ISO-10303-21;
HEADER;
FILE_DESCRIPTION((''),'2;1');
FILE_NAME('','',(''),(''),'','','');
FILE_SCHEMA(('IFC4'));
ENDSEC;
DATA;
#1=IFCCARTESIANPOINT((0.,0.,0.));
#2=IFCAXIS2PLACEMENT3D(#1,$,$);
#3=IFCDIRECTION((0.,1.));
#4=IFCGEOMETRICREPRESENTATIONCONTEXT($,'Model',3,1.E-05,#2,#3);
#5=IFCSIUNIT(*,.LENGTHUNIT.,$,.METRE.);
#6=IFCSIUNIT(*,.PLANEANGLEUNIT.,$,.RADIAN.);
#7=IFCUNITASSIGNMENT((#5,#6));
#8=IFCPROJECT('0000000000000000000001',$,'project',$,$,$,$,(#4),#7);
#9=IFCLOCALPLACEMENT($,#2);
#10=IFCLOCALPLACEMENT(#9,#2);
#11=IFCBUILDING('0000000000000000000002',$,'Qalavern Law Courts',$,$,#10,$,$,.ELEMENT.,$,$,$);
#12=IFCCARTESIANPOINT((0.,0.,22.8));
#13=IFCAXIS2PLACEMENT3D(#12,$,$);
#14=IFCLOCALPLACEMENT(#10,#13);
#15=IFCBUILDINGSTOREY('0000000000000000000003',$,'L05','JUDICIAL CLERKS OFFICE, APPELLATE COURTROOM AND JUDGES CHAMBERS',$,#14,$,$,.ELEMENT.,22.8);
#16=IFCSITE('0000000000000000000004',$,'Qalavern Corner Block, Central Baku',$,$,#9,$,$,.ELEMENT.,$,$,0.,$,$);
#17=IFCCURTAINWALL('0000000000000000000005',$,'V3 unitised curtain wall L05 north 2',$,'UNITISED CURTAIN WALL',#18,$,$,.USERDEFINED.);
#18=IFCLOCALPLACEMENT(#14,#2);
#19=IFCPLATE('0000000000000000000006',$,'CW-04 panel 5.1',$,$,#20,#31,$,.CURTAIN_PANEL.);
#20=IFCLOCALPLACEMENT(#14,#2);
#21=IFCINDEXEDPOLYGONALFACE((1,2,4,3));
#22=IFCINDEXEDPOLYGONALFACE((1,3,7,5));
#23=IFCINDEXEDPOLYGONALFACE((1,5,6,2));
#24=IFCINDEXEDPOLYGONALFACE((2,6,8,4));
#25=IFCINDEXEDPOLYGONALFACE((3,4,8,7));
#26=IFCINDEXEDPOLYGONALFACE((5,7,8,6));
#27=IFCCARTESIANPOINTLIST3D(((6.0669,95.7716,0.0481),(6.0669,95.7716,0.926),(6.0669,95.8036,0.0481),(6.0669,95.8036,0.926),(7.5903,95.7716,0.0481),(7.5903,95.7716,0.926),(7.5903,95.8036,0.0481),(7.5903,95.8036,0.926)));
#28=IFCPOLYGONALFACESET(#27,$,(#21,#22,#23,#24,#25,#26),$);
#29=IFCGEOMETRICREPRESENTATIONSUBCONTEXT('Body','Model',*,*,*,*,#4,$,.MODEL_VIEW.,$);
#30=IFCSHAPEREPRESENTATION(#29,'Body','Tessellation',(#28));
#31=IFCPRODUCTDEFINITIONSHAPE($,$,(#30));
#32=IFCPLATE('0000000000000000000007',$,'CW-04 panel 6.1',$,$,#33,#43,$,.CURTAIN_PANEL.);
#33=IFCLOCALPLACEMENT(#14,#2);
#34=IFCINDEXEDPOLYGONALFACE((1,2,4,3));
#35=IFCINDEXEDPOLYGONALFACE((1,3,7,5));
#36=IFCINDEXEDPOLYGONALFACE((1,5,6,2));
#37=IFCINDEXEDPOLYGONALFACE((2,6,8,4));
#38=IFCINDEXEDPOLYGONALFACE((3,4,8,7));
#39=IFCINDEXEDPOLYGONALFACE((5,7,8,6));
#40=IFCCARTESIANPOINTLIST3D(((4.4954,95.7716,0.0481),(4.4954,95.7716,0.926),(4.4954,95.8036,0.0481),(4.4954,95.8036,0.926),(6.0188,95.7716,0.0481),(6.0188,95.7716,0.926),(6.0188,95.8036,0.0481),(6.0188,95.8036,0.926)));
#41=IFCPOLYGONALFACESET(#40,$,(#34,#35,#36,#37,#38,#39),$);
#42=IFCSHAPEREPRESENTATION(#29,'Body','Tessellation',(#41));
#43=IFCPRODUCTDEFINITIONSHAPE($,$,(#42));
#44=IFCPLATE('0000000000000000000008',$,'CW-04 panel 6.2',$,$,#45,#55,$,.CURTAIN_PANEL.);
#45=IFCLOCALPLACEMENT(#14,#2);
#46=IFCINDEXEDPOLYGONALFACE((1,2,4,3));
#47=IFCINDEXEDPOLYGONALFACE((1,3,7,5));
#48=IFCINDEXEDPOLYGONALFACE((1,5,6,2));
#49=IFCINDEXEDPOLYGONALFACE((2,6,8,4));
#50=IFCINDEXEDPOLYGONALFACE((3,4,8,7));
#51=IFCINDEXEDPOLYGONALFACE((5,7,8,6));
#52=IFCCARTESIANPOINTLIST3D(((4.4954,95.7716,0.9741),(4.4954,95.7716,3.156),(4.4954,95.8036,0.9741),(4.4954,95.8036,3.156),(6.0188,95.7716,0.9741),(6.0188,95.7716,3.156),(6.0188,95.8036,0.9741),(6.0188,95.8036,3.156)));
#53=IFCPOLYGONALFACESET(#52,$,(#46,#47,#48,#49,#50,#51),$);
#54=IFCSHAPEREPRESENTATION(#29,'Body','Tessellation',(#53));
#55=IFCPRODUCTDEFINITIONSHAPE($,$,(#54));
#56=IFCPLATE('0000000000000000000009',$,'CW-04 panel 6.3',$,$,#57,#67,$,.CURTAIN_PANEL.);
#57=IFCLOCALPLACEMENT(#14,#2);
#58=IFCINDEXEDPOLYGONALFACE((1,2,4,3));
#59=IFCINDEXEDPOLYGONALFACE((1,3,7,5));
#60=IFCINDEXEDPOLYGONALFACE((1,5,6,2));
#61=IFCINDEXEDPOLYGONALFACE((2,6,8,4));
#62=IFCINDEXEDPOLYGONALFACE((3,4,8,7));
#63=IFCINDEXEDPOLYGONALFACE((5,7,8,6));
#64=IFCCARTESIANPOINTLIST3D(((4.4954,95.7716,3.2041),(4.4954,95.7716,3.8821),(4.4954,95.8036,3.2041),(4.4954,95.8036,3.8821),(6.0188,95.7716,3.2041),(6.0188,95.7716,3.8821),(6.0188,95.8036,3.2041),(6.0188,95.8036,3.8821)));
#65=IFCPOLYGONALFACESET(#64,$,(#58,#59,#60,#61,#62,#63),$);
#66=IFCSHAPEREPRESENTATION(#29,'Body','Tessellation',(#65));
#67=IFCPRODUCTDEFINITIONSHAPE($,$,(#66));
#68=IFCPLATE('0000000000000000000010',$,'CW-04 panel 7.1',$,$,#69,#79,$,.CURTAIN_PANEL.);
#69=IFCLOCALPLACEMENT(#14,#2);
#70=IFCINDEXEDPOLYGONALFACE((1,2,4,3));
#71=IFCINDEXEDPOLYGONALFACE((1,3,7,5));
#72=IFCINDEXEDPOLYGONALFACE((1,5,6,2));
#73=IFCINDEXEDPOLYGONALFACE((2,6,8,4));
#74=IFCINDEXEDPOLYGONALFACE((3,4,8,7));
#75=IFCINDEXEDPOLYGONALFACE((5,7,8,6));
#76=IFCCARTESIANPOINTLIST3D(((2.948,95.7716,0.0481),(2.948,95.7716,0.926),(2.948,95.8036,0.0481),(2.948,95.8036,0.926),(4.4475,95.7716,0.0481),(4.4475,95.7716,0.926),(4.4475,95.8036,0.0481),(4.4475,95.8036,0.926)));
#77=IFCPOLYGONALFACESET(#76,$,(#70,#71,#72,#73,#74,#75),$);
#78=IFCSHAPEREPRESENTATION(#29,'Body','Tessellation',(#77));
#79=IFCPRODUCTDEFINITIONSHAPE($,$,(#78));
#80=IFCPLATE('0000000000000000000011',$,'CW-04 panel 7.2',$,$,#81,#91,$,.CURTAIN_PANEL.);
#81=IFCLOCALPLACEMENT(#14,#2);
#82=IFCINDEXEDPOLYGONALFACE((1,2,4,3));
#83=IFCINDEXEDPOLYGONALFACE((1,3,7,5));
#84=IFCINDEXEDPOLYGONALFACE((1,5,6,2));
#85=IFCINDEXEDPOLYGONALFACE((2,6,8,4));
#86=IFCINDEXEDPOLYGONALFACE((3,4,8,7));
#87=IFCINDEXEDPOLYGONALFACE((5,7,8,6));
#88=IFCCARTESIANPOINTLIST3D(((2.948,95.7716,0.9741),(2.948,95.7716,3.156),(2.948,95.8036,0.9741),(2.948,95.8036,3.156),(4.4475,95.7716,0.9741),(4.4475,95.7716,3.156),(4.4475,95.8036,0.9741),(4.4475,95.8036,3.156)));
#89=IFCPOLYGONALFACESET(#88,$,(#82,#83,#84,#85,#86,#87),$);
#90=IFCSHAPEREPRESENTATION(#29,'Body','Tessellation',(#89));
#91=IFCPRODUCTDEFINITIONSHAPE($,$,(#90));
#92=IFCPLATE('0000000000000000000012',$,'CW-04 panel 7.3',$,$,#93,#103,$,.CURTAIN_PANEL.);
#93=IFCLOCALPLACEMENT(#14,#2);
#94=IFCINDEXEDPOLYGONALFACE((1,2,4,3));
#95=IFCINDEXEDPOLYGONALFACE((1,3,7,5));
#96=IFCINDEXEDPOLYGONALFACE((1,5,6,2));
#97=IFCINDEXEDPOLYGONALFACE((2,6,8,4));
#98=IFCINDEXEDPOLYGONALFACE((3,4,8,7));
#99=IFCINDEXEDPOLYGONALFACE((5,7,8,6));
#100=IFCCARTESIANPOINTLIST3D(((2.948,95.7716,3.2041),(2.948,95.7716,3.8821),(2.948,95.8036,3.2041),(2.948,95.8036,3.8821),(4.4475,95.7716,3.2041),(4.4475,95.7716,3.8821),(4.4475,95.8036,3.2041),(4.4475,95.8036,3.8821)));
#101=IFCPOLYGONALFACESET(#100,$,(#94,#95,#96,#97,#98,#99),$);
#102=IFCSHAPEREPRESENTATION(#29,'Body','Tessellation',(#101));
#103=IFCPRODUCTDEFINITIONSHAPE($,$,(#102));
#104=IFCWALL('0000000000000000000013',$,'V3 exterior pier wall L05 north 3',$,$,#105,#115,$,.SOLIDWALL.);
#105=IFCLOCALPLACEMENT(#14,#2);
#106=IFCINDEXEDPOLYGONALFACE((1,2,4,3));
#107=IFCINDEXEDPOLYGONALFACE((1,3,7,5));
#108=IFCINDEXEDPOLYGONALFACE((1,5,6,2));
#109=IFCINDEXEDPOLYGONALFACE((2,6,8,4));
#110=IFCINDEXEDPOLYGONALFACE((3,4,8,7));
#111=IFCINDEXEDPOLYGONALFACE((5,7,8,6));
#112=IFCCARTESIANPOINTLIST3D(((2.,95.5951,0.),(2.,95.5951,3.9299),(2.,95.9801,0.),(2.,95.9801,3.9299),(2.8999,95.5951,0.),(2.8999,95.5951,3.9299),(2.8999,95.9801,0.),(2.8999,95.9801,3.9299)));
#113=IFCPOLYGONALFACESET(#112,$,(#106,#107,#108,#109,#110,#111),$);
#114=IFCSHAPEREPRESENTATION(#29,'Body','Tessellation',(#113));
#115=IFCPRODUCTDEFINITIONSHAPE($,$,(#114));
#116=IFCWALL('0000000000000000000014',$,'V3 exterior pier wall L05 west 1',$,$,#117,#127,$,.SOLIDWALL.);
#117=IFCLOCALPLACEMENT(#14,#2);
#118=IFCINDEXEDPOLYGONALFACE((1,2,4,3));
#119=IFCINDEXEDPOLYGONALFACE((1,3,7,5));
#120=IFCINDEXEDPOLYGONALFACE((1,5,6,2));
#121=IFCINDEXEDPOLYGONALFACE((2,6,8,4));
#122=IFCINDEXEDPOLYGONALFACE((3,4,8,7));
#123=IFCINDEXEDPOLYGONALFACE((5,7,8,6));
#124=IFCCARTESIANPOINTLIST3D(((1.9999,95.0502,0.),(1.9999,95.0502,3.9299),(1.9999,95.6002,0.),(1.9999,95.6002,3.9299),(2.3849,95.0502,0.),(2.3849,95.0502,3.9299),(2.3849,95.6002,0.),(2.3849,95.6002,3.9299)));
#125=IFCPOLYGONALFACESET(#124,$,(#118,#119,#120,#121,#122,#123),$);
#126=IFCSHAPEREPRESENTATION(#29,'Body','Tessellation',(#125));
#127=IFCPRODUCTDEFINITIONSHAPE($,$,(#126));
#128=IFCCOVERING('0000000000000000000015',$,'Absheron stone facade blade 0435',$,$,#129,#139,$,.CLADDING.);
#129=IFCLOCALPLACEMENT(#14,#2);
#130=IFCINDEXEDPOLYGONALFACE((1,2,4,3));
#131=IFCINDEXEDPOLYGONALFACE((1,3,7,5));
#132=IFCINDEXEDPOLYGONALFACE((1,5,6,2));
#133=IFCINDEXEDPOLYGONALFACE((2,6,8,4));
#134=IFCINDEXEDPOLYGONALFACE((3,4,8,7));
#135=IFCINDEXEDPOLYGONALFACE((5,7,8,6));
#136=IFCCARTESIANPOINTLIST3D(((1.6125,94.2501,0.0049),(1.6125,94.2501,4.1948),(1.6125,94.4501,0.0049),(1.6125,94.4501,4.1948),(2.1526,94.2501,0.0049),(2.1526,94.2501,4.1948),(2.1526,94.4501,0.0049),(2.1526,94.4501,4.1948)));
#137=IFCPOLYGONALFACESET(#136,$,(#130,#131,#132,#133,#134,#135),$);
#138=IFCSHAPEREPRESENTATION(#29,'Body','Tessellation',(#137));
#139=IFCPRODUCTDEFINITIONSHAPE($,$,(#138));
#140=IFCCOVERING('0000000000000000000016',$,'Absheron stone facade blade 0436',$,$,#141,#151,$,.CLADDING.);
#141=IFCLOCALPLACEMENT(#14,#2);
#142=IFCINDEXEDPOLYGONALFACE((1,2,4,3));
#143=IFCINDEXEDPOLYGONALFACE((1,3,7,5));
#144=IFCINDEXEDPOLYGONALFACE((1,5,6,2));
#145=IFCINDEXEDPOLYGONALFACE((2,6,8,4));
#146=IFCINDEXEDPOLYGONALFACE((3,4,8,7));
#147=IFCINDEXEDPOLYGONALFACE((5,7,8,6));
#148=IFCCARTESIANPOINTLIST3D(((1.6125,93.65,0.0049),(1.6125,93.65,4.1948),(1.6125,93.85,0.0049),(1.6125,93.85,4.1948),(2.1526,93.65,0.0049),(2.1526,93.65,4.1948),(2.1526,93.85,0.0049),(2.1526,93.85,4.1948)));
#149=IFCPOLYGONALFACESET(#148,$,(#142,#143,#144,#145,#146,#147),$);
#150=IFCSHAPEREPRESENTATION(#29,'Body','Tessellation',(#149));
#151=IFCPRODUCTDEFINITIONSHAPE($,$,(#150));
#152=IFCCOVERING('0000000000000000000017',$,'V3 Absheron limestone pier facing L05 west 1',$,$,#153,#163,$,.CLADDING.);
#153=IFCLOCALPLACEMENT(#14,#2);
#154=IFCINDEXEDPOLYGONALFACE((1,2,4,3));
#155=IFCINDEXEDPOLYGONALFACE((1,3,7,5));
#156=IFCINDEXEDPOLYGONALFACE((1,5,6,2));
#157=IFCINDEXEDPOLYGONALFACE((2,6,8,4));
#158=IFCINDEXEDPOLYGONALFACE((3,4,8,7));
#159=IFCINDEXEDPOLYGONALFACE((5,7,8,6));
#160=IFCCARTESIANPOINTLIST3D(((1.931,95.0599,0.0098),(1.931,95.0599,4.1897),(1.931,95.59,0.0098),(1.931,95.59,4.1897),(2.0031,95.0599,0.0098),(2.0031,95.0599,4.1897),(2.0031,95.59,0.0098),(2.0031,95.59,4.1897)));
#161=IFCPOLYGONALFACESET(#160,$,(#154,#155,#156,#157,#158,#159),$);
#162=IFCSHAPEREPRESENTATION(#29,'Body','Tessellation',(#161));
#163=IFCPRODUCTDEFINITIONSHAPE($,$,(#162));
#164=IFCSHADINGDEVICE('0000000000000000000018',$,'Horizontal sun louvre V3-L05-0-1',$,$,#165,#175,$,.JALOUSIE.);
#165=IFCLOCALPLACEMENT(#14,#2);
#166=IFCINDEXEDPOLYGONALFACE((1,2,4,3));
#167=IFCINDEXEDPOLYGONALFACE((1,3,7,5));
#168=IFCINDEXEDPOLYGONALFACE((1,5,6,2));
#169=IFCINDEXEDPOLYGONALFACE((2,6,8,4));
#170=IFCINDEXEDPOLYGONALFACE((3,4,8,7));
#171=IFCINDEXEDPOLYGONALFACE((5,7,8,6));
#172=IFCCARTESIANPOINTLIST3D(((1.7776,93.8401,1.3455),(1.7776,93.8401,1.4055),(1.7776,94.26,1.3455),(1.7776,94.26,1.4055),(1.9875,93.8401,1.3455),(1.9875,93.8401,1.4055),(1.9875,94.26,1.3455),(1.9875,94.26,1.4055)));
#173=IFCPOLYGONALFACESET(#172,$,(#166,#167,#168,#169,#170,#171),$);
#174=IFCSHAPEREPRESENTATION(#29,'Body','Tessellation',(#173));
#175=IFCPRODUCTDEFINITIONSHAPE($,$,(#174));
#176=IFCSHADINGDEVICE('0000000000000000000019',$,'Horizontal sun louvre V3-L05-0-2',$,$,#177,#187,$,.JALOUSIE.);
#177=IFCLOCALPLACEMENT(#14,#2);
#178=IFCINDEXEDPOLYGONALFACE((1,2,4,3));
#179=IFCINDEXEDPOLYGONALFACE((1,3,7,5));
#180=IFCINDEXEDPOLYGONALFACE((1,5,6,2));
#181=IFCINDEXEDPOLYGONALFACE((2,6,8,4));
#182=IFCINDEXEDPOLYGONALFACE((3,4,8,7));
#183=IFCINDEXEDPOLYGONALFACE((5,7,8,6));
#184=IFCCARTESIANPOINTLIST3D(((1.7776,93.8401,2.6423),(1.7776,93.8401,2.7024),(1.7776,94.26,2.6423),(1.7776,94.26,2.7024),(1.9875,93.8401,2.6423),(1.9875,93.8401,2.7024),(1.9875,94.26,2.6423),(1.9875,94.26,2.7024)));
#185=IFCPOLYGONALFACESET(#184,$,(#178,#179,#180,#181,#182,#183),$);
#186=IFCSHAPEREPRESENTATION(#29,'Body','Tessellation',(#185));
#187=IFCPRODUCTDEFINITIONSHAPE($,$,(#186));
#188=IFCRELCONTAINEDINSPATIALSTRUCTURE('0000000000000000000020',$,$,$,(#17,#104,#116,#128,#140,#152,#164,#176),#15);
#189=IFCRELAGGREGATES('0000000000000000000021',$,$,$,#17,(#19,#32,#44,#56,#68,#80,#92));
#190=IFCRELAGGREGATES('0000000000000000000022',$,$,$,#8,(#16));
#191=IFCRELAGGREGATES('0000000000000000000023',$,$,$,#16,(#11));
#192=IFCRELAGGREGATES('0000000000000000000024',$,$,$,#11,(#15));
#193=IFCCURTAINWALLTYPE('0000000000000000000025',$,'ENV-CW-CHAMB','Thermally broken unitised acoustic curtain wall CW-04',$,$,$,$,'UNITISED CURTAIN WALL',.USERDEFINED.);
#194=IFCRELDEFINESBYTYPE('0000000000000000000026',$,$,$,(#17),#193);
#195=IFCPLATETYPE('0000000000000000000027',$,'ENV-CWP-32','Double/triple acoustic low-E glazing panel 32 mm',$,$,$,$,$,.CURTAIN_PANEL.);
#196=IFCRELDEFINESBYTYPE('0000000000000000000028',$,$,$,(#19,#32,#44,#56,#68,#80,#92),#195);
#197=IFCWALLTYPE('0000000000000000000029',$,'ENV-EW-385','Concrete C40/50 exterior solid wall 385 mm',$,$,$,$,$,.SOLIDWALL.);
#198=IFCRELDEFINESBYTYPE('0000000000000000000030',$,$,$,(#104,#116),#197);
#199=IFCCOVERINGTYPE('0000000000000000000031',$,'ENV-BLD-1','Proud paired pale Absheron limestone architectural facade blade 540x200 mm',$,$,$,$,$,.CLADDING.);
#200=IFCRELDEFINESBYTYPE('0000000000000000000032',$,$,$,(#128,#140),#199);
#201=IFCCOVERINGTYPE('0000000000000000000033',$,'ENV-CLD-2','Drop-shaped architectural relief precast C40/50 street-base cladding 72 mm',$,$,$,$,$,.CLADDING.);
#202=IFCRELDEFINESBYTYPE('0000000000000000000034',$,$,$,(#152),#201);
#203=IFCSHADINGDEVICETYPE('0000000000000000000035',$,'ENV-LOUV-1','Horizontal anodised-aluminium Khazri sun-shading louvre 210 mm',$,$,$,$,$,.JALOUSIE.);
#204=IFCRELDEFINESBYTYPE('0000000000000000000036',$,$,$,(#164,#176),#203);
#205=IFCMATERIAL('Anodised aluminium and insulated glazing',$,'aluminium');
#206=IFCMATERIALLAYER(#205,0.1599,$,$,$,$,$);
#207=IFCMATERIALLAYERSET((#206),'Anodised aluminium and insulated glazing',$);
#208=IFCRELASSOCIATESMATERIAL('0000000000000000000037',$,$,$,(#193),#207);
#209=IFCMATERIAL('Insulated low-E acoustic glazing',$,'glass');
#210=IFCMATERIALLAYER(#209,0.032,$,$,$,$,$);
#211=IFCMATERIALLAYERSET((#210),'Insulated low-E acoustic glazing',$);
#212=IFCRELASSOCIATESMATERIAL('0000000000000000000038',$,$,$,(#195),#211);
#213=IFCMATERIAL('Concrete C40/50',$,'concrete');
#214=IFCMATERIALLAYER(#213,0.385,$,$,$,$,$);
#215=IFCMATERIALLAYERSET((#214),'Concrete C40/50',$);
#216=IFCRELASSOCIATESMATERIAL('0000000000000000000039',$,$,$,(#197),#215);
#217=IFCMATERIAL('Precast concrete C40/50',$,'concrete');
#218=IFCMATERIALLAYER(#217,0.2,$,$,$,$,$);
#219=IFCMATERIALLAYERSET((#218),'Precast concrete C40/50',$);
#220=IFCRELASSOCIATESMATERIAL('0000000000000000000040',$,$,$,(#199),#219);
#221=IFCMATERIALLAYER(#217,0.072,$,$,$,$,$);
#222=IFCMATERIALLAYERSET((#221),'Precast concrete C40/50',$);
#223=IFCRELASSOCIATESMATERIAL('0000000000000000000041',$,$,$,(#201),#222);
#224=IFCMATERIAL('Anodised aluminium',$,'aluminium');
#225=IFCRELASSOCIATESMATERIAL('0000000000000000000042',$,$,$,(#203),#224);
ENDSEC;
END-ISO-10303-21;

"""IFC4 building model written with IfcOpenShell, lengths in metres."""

from ifc_helpers import new_model, si_unit, direction, frame, frame_2d, origin, origin_2d, place, context, subcontext, project, spatial, rectangle, extrude, material, layer, layer_set, type_object, element, aggregate, save


model = new_model("IFC4")

# Units and contexts
model_context = context("Model", 3, precision=1e-05, world=origin(), true_north=direction((0.0, 1.0)))
body_context = subcontext(model_context, "Body", "Model", "MODEL_VIEW")
ifc_project = project(units=[si_unit("LENGTHUNIT", "METRE"), si_unit("PLANEANGLEUNIT", "RADIAN")], contexts=[model_context])

# Site, building, storey
site_placement = place(None, origin())
site = spatial("IfcSite", under=ifc_project, at=site_placement, Name="Qalavern Corner Block, Central Baku", CompositionType="ELEMENT", RefElevation=0.0)
building_placement = place(site_placement, origin())
building = spatial("IfcBuilding", under=site, at=building_placement, Name="Qalavern Law Courts", CompositionType="ELEMENT")
storey_placement = place(building_placement, frame((0.0, 0.0, 22.8)))
storey = spatial("IfcBuildingStorey", under=building, at=storey_placement, Name="L05", Description="JUDICIAL CLERKS OFFICE, APPELLATE COURTROOM AND JUDGES CHAMBERS", CompositionType="ELEMENT", Elevation=22.8)

# Curtain wall
ifc_material_1 = material(Name="Anodised aluminium and insulated glazing", Category="aluminium")
ifc_layer_1 = layer(ifc_material_1, 0.1599)
ifc_layer_set_1 = layer_set([ifc_layer_1], Name="Anodised aluminium and insulated glazing")
curtain_wall_type = type_object("IfcCurtainWallType", Name="ENV-CW-CHAMB", Description="Thermally broken unitised acoustic curtain wall CW-04", ElementType="UNITISED CURTAIN WALL", PredefinedType="USERDEFINED", material=ifc_layer_set_1)
curtain_wall_1_placement = place(storey_placement, origin())
curtain_wall_1 = element("IfcCurtainWall", 1, at=curtain_wall_1_placement, inside=storey, type_object=curtain_wall_type, Name="V3 unitised curtain wall L05 north 2", ObjectType="UNITISED CURTAIN WALL", PredefinedType="USERDEFINED")
ifc_material_2 = material(Name="Anodised aluminium", Category="aluminium")

# Shared definitions
ifc_material_3 = material(Name="Concrete C40/50", Category="concrete")

# Plates
ifc_material_4 = material(Name="Insulated low-E acoustic glazing", Category="glass")
ifc_layer_2 = layer(ifc_material_4, 0.032)
ifc_layer_set_2 = layer_set([ifc_layer_2], Name="Insulated low-E acoustic glazing")
plate_type_1 = type_object("IfcPlateType", Name="ENV-CWP-32", Description="Double/triple acoustic low-E glazing panel 32 mm", PredefinedType="CURTAIN_PANEL", material=ifc_layer_set_2)
plate_1_placement = place(storey_placement, frame((6.8286, 95.7876, 0.0481), z_axis=(0.0, 0.0, 1.0), x_axis=(-1.0, 0.0, 0.0)))
plate_1 = element("IfcPlate", 2, at=plate_1_placement, type_object=plate_type_1, Name="CW-04 panel 5.1", PredefinedType="CURTAIN_PANEL", context=body_context, shape_type="SweptSolid", body=[
    extrude(rectangle(XDim=1.5234, YDim=0.032, at=origin_2d()), origin(), (0.0, 0.0, 1.0), 0.8779),
])
plate_2_placement = place(storey_placement, frame((5.2571, 95.7876, 0.0481), z_axis=(0.0, 0.0, 1.0), x_axis=(-1.0, 0.0, 0.0)))
plate_2 = element("IfcPlate", 3, at=plate_2_placement, type_object=plate_type_1, Name="CW-04 panel 6.1", PredefinedType="CURTAIN_PANEL", context=body_context, shape_type="SweptSolid", body=[
    extrude(rectangle(XDim=1.5234, YDim=0.032, at=origin_2d()), origin(), (0.0, 0.0, 1.0), 0.8779),
])
plate_3_placement = place(storey_placement, frame((5.2571, 95.7876, 0.9741), z_axis=(0.0, 0.0, 1.0), x_axis=(-1.0, 0.0, 0.0)))
plate_3 = element("IfcPlate", 4, at=plate_3_placement, type_object=plate_type_1, Name="CW-04 panel 6.2", PredefinedType="CURTAIN_PANEL", context=body_context, shape_type="SweptSolid", body=[
    extrude(rectangle(XDim=1.5234, YDim=0.032, at=origin_2d()), origin(), (0.0, 0.0, 1.0), 2.1819),
])
plate_4_placement = place(storey_placement, frame((5.2571, 95.7876, 3.2041), z_axis=(0.0, 0.0, 1.0), x_axis=(-1.0, 0.0, 0.0)))
plate_4 = element("IfcPlate", 5, at=plate_4_placement, type_object=plate_type_1, Name="CW-04 panel 6.3", PredefinedType="CURTAIN_PANEL", context=body_context, shape_type="SweptSolid", body=[
    extrude(rectangle(XDim=1.5234, YDim=0.032, at=origin_2d()), origin(), (0.0, 0.0, 1.0), 0.678),
])
plate_5_placement = place(storey_placement, frame((3.6978, 95.7876, 0.0481), z_axis=(0.0, 0.0, 1.0), x_axis=(-1.0, 0.0, 0.0)))
plate_5 = element("IfcPlate", 6, at=plate_5_placement, type_object=plate_type_1, Name="CW-04 panel 7.1", PredefinedType="CURTAIN_PANEL", context=body_context, shape_type="SweptSolid", body=[
    extrude(rectangle(XDim=1.4995, YDim=0.032, at=origin_2d()), origin(), (0.0, 0.0, 1.0), 0.8779),
])
plate_6_placement = place(storey_placement, frame((3.6978, 95.7876, 0.9741), z_axis=(0.0, 0.0, 1.0), x_axis=(-1.0, 0.0, 0.0)))
plate_6 = element("IfcPlate", 7, at=plate_6_placement, type_object=plate_type_1, Name="CW-04 panel 7.2", PredefinedType="CURTAIN_PANEL", context=body_context, shape_type="SweptSolid", body=[
    extrude(rectangle(XDim=1.4995, YDim=0.032, at=origin_2d()), origin(), (0.0, 0.0, 1.0), 2.1819),
])
plate_7_placement = place(storey_placement, frame((3.6978, 95.7876, 3.2041), z_axis=(0.0, 0.0, 1.0), x_axis=(-1.0, 0.0, 0.0)))
plate_7 = element("IfcPlate", 8, at=plate_7_placement, type_object=plate_type_1, Name="CW-04 panel 7.3", PredefinedType="CURTAIN_PANEL", context=body_context, shape_type="SweptSolid", body=[
    extrude(rectangle(XDim=1.4995, YDim=0.032, at=origin_2d()), origin(), (0.0, 0.0, 1.0), 0.678),
])
aggregate(curtain_wall_1, [plate_1, plate_2, plate_3, plate_4, plate_5, plate_6, plate_7])

# Walls
ifc_layer_3 = layer(ifc_material_3, 0.385)
ifc_layer_set_3 = layer_set([ifc_layer_3], Name="Concrete C40/50")
wall_type = type_object("IfcWallType", Name="ENV-EW-385", Description="Concrete C40/50 exterior solid wall 385 mm", PredefinedType="SOLIDWALL", material=ifc_layer_set_3)
wall_1_placement = place(storey_placement, frame((2.8999, 95.7876, 0.0), z_axis=(0.0, 0.0, 1.0), x_axis=(-1.0, 0.0, 0.0)))
element("IfcWall", 9, at=wall_1_placement, inside=storey, type_object=wall_type, Name="V3 exterior pier wall L05 north 3", PredefinedType="SOLIDWALL", context=body_context, shape_type="SweptSolid", body=[
    extrude(rectangle(XDim=0.8999, YDim=0.385, at=frame_2d((0.45, 0.0))), origin(), (0.0, 0.0, 1.0), 3.9299),
])
wall_2_placement = place(storey_placement, frame((2.1924, 95.6001, 0.0), z_axis=(0.0, 0.0, 1.0), x_axis=(0.0, -1.0, 0.0)))
element("IfcWall", 10, at=wall_2_placement, inside=storey, type_object=wall_type, Name="V3 exterior pier wall L05 west 1", PredefinedType="SOLIDWALL", context=body_context, shape_type="SweptSolid", body=[
    extrude(rectangle(XDim=0.55, YDim=0.385, at=frame_2d((0.2749, 0.0))), origin(), (0.0, 0.0, 1.0), 3.9299),
])

# Coverings
ifc_material_5 = material(Name="Precast concrete C40/50", Category="concrete")
ifc_layer_4 = layer(ifc_material_5, 0.2)
ifc_layer_set_4 = layer_set([ifc_layer_4], Name="Precast concrete C40/50")
covering_type_1 = type_object("IfcCoveringType", Name="ENV-BLD-1", Description="Proud paired pale Absheron limestone architectural facade blade 540x200 mm", PredefinedType="CLADDING", material=ifc_layer_set_4)
for number, where, z_axis, x_axis, name in (
    (11, (1.8826, 94.3501, 0.0049), (0.0, 0.0, 1.0), (-1.0, 0.0, 0.0), "Absheron stone facade blade 0435"),
    (12, (1.8826, 93.75, 0.0049), (0.0, 0.0, 1.0), (-1.0, 0.0, 0.0), "Absheron stone facade blade 0436"),
):
    element("IfcCovering", number, at=place(storey_placement, frame(where, z_axis=z_axis, x_axis=x_axis)), inside=storey, type_object=covering_type_1, Name=name, PredefinedType="CLADDING", context=body_context, shape_type="SweptSolid", body=[
        extrude(rectangle(XDim=0.54, YDim=0.2, at=origin_2d()), origin(), (0.0, 0.0, 1.0), 4.1899),
    ])
ifc_layer_5 = layer(ifc_material_5, 0.072)
ifc_layer_set_5 = layer_set([ifc_layer_5], Name="Precast concrete C40/50")
covering_type_2 = type_object("IfcCoveringType", Name="ENV-CLD-2", Description="Drop-shaped architectural relief precast C40/50 street-base cladding 72 mm", PredefinedType="CLADDING", material=ifc_layer_set_5)
covering_placement = place(storey_placement, frame((1.967, 95.325, 0.0098), z_axis=(0.0, 0.0, 1.0), x_axis=(0.0, -1.0, 0.0)))
element("IfcCovering", 13, at=covering_placement, inside=storey, type_object=covering_type_2, Name="V3 Absheron limestone pier facing L05 west 1", PredefinedType="CLADDING", context=body_context, shape_type="SweptSolid", body=[
    extrude(rectangle(XDim=0.53, YDim=0.072, at=origin_2d()), origin(), (0.0, 0.0, 1.0), 4.1799),
])

# Shading devices
shading_device_type = type_object("IfcShadingDeviceType", Name="ENV-LOUV-1", Description="Horizontal anodised-aluminium Khazri sun-shading louvre 210 mm", PredefinedType="JALOUSIE", material=ifc_material_2)
for number, where, z_axis, x_axis, name in (
    (14, (1.8826, 94.05, 1.3455), (0.0, 0.0, 1.0), (0.0, -1.0, 0.0), "Horizontal sun louvre V3-L05-0-1"),
    (15, (1.8826, 94.05, 2.6423), (0.0, 0.0, 1.0), (0.0, -1.0, 0.0), "Horizontal sun louvre V3-L05-0-2"),
):
    element("IfcShadingDevice", number, at=place(storey_placement, frame(where, z_axis=z_axis, x_axis=x_axis)), inside=storey, type_object=shading_device_type, Name=name, PredefinedType="JALOUSIE", context=body_context, shape_type="SweptSolid", body=[
        extrude(rectangle(XDim=0.4199, YDim=0.21, at=origin_2d()), origin(), (0.0, 0.0, 1.0), 0.0601),
    ])

save(model, "model.ifc")
